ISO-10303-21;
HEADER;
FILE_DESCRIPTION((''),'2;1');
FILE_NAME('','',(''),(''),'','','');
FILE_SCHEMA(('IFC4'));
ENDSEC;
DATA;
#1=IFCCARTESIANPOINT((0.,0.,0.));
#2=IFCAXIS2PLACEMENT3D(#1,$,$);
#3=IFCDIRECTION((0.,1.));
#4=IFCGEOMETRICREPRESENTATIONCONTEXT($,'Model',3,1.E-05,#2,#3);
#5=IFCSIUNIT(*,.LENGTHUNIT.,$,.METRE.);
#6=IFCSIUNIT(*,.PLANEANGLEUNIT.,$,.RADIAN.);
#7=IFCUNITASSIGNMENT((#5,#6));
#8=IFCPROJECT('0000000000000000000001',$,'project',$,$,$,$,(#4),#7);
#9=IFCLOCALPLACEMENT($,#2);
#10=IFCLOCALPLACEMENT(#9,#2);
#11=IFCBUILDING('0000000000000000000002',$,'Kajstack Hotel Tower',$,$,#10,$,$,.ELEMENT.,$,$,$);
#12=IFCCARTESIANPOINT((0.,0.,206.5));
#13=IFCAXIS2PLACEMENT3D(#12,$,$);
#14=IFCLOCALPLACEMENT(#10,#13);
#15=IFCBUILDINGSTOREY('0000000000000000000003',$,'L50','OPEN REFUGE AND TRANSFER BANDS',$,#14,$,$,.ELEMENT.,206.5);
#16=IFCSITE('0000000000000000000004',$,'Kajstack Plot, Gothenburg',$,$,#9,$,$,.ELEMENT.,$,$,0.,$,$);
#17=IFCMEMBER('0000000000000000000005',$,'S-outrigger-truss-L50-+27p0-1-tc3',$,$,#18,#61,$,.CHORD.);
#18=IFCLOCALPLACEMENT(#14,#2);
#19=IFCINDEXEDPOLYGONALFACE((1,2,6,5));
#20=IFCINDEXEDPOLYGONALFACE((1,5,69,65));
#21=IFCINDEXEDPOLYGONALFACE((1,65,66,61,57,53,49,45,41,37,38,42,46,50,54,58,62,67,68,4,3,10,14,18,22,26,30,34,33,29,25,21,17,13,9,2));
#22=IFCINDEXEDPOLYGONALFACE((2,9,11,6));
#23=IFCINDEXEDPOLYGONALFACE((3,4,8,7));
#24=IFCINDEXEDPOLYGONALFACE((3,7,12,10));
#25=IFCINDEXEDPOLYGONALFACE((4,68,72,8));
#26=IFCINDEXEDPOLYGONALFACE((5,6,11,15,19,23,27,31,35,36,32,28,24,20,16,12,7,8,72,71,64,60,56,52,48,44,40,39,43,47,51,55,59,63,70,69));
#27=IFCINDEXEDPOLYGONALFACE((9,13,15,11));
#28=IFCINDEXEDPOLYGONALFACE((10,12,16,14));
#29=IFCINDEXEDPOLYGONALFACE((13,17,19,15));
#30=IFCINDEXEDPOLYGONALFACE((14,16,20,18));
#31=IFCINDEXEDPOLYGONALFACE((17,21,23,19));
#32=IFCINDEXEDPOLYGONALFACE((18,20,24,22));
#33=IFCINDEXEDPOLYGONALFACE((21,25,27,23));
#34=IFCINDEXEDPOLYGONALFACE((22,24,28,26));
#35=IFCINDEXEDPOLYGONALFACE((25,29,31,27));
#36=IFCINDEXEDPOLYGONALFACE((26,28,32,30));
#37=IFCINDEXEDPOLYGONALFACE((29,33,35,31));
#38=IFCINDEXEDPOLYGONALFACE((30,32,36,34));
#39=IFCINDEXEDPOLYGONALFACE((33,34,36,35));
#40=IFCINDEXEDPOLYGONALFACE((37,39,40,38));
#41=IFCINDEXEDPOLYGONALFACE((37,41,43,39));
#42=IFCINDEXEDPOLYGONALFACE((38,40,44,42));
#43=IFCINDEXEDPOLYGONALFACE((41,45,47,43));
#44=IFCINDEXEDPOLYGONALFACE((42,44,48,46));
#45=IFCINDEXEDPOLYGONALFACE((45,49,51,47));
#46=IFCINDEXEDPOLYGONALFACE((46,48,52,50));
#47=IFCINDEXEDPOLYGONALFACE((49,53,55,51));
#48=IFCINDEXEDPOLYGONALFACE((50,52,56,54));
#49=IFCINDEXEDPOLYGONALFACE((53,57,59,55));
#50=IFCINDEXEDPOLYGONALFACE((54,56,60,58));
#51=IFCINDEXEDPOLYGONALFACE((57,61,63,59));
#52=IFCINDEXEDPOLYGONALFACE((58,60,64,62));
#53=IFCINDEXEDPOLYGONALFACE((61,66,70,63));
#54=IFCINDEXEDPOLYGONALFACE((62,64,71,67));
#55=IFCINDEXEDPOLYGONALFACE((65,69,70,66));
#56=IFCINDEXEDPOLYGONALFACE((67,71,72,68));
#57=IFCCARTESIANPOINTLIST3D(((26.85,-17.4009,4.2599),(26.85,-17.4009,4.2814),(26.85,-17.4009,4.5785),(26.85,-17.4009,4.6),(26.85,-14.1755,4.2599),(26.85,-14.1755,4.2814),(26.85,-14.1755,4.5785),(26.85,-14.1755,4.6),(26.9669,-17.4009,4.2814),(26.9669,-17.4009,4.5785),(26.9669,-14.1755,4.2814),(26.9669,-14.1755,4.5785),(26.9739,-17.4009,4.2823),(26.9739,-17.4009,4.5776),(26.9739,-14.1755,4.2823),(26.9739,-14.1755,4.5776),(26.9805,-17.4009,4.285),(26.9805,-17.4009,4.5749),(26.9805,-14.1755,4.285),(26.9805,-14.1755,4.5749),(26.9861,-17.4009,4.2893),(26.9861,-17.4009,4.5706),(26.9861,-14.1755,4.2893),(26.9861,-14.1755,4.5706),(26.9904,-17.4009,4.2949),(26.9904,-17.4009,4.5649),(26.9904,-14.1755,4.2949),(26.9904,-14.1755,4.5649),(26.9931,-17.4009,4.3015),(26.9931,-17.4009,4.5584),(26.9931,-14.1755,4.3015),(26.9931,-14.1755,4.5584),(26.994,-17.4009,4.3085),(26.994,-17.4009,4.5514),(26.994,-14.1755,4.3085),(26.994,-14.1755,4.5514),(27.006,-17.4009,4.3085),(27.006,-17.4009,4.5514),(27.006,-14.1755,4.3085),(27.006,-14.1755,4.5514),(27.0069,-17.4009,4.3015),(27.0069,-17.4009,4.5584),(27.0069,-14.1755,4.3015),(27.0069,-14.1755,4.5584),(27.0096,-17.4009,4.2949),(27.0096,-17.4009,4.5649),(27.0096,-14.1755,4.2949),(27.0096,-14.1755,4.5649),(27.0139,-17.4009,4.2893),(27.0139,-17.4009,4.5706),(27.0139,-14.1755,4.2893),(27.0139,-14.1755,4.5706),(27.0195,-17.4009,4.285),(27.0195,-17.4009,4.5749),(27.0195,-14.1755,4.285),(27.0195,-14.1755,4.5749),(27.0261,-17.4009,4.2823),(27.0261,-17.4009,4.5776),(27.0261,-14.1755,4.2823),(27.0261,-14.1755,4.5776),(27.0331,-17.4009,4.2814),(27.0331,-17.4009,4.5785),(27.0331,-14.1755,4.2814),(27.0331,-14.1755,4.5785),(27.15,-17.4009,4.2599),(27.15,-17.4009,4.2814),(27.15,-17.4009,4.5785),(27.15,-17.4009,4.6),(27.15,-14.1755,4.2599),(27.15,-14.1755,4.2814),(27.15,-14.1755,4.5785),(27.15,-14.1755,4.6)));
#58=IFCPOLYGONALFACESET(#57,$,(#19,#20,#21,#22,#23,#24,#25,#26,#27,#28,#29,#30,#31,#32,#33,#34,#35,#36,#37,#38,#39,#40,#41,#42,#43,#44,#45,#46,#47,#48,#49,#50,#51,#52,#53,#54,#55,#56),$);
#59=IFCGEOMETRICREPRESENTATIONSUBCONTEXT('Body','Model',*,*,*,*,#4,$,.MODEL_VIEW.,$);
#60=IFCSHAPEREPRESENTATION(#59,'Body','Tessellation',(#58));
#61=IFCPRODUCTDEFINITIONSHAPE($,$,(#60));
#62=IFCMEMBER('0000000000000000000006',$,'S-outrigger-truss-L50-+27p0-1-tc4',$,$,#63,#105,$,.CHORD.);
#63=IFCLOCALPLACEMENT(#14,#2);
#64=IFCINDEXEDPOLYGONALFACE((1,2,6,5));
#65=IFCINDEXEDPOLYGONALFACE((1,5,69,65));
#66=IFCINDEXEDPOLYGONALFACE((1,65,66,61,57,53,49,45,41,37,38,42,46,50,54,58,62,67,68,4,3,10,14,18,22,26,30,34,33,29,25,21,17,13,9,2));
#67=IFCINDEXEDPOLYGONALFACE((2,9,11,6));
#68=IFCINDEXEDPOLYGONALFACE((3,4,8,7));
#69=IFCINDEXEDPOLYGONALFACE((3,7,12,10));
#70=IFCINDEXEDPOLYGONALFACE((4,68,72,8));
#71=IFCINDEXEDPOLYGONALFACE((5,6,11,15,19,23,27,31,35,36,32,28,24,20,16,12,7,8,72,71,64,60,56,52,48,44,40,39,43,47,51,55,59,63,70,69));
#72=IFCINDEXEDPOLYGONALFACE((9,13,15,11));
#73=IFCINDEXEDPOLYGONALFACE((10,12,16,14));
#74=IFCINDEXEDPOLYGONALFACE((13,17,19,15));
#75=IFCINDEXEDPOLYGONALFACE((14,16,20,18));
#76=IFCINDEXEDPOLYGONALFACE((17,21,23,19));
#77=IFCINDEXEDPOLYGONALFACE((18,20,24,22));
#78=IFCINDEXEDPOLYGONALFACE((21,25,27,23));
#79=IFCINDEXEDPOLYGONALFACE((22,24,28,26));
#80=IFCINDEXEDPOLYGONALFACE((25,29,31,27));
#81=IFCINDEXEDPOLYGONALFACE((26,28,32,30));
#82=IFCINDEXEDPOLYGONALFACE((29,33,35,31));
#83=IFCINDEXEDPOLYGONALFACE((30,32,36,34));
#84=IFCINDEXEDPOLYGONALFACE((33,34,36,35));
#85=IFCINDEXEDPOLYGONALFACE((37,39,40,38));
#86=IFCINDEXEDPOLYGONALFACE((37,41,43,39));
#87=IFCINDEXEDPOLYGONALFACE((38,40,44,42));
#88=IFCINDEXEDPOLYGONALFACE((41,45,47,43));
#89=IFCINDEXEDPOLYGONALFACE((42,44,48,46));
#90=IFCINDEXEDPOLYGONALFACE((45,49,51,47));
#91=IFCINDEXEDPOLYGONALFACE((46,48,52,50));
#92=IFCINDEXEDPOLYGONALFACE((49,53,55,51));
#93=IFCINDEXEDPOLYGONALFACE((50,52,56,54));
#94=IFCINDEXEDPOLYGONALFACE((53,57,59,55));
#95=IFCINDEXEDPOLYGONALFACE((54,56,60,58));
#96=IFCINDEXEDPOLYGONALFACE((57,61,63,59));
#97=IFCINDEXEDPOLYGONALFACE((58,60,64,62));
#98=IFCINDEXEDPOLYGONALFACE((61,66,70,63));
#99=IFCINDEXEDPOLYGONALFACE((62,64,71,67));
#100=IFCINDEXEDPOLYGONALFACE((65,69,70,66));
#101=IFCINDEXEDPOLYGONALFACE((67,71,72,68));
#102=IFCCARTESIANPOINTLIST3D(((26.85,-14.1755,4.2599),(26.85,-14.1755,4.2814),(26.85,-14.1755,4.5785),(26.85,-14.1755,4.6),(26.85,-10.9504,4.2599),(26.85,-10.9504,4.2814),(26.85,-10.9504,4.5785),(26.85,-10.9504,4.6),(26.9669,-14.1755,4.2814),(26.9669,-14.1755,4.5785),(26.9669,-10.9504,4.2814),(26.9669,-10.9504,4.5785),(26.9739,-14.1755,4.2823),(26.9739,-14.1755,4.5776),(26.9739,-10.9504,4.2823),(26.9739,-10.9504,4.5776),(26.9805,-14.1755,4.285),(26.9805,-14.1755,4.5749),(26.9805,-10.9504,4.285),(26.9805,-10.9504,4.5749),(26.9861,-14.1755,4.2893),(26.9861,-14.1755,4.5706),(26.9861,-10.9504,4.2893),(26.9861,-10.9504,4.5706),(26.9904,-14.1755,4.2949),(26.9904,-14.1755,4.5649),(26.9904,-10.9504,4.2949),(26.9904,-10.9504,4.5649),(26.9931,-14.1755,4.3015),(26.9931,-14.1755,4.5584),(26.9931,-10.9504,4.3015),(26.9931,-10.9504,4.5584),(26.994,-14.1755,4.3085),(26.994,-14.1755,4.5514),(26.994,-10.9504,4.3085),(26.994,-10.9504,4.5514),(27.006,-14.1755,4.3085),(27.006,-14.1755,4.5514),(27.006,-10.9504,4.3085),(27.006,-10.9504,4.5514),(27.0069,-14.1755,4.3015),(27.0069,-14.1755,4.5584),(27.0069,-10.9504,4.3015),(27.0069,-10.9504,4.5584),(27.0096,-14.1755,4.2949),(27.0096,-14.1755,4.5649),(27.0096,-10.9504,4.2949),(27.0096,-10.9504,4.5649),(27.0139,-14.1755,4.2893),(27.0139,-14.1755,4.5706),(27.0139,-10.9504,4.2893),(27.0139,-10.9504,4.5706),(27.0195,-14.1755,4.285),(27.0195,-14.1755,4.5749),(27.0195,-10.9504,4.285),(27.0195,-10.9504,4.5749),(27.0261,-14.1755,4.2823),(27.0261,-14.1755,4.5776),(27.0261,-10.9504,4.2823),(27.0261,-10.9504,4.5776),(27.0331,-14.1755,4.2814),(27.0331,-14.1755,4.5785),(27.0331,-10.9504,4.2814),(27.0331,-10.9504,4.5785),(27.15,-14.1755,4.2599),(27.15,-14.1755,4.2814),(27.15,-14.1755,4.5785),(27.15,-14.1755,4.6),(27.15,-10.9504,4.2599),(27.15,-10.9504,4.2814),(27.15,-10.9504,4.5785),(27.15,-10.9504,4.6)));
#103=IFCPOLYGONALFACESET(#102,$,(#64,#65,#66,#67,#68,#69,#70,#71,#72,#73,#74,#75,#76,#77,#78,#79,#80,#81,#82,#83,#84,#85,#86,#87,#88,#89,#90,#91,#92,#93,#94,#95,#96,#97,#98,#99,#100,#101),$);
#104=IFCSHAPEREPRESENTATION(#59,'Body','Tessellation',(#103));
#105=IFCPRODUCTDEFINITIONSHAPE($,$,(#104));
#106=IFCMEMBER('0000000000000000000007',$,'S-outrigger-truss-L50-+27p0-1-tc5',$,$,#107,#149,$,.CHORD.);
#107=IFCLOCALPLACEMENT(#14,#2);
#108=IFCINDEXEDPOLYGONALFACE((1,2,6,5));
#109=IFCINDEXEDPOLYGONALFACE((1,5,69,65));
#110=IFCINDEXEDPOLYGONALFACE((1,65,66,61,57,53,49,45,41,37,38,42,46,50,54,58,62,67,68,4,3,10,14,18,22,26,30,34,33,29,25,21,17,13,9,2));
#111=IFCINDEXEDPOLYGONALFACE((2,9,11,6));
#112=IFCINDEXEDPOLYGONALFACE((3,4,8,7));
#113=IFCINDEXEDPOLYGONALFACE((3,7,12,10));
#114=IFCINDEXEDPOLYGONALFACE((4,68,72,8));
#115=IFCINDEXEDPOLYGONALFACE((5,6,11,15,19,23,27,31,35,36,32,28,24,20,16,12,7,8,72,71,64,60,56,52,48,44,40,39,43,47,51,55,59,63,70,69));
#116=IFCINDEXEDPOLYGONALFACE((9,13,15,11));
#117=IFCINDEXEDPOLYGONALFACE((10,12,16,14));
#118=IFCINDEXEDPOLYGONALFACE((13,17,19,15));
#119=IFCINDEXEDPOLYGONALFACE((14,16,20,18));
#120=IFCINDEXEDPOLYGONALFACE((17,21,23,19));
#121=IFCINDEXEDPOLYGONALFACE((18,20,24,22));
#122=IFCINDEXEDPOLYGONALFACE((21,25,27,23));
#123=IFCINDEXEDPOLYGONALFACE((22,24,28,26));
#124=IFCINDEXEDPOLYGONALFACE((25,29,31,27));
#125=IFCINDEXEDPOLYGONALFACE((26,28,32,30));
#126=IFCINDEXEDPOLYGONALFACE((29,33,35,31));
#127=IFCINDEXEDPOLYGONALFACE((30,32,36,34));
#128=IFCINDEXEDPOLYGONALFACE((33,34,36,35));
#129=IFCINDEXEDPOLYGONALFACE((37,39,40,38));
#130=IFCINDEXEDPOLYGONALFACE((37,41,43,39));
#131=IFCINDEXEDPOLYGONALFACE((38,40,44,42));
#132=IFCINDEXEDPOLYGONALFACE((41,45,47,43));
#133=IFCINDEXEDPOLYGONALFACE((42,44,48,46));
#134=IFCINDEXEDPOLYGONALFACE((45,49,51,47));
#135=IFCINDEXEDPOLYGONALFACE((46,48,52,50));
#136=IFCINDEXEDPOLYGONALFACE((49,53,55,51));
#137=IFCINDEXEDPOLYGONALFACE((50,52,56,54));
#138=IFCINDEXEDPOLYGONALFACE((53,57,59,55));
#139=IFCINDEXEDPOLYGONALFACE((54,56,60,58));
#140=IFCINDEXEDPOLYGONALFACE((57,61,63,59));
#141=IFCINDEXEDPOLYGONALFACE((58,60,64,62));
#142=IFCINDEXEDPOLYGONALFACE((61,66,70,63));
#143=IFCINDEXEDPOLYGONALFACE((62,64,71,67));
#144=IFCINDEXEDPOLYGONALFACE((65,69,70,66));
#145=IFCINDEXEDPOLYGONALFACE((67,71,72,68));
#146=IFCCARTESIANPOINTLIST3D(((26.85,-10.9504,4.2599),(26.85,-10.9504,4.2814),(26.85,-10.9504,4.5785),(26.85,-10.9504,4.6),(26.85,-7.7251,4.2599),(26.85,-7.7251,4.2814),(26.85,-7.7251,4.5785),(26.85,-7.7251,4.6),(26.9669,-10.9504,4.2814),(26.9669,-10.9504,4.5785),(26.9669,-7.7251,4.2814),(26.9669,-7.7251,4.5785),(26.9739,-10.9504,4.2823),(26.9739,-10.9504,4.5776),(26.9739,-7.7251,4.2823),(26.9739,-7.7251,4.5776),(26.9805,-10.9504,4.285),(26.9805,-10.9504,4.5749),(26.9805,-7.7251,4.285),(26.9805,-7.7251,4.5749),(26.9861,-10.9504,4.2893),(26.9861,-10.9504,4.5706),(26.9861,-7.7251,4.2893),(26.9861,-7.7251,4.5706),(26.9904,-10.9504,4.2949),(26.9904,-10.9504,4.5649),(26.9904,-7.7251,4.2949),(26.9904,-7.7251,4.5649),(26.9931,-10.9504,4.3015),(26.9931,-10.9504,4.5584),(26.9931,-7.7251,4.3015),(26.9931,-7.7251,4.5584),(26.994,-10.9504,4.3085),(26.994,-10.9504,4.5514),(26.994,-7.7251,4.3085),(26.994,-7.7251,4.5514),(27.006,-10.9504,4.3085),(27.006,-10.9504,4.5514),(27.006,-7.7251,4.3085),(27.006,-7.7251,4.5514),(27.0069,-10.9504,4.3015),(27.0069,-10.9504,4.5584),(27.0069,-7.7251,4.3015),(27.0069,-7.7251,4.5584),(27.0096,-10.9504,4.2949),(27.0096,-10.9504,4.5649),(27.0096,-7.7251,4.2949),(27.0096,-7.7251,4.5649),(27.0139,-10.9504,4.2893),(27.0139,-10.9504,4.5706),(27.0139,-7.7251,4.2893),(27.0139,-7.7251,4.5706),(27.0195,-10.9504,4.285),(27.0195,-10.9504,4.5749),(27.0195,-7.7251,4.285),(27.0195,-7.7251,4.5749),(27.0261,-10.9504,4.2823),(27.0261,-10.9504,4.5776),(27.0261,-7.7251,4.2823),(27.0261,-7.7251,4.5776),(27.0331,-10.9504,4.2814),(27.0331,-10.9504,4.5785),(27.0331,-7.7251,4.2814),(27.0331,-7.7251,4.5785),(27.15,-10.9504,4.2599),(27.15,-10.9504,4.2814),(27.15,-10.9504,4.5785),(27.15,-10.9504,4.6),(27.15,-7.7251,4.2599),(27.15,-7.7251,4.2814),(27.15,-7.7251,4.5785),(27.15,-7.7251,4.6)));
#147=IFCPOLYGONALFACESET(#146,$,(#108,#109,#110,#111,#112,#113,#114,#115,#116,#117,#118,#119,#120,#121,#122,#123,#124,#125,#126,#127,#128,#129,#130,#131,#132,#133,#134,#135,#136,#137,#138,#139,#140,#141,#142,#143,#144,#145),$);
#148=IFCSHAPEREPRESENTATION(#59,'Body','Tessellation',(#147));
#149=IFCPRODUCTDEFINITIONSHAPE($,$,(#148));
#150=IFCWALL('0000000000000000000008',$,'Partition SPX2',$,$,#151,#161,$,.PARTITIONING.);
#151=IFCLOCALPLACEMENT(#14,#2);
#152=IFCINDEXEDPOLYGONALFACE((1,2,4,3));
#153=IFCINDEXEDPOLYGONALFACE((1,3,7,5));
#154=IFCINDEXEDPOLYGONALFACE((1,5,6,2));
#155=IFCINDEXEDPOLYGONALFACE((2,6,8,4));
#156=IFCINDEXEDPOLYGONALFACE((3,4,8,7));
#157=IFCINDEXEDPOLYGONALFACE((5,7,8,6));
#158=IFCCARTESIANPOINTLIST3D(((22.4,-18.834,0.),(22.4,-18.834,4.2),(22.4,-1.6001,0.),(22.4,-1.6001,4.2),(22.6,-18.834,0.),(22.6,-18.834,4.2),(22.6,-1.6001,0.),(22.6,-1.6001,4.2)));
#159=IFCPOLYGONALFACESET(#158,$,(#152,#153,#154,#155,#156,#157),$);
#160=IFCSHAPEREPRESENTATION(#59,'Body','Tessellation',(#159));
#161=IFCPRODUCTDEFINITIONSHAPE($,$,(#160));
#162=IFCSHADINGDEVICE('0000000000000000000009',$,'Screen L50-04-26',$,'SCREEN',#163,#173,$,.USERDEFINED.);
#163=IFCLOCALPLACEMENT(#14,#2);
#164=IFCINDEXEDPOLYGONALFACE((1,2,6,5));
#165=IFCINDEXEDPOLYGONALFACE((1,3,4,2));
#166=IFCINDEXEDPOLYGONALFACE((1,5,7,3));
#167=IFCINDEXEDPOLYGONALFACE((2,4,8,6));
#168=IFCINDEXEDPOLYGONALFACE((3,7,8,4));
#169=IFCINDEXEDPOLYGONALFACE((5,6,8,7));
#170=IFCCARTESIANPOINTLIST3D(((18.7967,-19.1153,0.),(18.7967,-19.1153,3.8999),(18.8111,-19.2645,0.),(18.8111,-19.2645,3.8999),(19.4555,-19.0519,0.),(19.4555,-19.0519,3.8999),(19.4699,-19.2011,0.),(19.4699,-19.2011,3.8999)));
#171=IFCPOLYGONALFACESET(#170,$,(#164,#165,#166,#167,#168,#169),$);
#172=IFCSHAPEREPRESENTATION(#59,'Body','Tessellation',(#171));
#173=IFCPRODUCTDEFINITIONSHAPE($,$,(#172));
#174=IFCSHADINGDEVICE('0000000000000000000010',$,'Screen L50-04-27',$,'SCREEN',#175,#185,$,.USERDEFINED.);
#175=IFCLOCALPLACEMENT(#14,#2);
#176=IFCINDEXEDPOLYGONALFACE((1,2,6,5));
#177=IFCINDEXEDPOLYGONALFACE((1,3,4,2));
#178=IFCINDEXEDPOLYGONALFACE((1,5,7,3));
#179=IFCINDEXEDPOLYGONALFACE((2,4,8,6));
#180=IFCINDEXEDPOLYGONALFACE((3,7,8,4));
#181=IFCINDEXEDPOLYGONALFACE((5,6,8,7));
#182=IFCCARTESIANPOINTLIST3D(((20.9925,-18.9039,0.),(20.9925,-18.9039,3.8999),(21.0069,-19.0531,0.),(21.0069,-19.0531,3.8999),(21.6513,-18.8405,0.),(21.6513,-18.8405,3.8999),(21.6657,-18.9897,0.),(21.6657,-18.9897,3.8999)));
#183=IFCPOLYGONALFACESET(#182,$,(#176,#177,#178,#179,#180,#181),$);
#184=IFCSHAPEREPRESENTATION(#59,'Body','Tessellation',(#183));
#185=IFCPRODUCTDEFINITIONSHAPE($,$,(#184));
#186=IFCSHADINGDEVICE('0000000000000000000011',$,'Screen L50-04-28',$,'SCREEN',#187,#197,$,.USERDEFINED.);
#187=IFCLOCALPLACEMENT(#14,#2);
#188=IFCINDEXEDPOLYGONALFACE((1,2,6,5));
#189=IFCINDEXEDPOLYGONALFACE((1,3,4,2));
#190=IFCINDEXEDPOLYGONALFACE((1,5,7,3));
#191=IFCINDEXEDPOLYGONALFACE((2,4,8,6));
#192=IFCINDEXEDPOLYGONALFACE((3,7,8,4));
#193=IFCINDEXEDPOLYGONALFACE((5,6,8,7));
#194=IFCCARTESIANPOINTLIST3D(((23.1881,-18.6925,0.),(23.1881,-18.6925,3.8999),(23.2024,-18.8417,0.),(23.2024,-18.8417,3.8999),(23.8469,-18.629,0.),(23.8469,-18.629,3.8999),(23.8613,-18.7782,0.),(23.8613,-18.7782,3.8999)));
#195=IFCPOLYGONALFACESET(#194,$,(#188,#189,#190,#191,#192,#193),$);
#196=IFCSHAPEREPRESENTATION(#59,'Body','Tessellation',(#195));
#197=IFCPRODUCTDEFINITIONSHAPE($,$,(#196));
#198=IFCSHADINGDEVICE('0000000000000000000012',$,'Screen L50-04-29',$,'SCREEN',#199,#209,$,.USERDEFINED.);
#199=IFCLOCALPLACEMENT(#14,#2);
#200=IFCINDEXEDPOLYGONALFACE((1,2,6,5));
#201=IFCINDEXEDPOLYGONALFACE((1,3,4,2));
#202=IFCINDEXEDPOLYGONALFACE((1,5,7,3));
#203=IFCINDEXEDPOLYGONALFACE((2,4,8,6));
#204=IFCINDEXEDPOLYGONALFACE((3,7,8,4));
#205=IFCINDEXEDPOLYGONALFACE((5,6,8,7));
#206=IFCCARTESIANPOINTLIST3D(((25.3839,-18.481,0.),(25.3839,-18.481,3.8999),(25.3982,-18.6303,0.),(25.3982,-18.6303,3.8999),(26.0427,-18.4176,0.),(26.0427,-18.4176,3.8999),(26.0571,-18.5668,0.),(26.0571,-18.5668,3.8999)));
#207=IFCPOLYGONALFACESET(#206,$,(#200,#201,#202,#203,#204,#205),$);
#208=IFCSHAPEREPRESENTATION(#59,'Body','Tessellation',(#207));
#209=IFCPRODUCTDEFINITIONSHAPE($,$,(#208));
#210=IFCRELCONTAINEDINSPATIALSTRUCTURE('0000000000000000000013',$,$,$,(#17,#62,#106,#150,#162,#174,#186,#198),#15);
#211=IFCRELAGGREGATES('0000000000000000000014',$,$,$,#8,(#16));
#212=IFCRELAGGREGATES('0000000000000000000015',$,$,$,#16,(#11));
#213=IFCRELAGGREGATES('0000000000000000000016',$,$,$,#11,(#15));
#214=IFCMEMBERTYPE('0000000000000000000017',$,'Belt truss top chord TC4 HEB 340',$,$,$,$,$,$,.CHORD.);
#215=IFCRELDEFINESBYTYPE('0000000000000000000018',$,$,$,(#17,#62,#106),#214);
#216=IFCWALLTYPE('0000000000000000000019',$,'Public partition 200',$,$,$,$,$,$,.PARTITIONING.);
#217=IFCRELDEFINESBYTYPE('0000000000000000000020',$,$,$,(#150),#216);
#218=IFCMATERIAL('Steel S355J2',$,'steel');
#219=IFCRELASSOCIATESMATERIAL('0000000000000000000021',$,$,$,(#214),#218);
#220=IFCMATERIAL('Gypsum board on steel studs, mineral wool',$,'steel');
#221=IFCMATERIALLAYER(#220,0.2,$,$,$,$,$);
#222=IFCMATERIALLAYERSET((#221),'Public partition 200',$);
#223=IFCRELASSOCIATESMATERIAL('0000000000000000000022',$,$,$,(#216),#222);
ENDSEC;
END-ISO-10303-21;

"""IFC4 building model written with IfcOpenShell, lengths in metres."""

from ifc_helpers import new_model, si_unit, direction, frame, frame_2d, origin, origin_2d, place, context, subcontext, project, spatial, rectangle, i_section, extrude, material, layer, layer_set, material_profile, profile_set, type_object, element, save


model = new_model("IFC4")

# Units and contexts
model_context = context("Model", 3, precision=1e-05, world=origin(), true_north=direction((0.0, 1.0)))
body_context = subcontext(model_context, "Body", "Model", "MODEL_VIEW")
ifc_project = project(units=[si_unit("LENGTHUNIT", "METRE"), si_unit("PLANEANGLEUNIT", "RADIAN")], contexts=[model_context])

# Site, building, storey
site_placement = place(None, origin())
site = spatial("IfcSite", under=ifc_project, at=site_placement, Name="Kajstack Plot, Gothenburg", CompositionType="ELEMENT", RefElevation=0.0)
building_placement = place(site_placement, origin())
building = spatial("IfcBuilding", under=site, at=building_placement, Name="Kajstack Hotel Tower", CompositionType="ELEMENT")
storey_placement = place(building_placement, frame((0.0, 0.0, 206.5)))
storey = spatial("IfcBuildingStorey", under=building, at=storey_placement, Name="L50", Description="OPEN REFUGE AND TRANSFER BANDS", CompositionType="ELEMENT", Elevation=206.5)

# Members
ifc_material_1 = material(Name="Steel S355J2", Category="steel")
ifc_material_profile_1 = material_profile(ifc_material_1, i_section(OverallWidth=0.3, OverallDepth=0.3401, WebThickness=0.012, FlangeThickness=0.0215, FilletRadius=0.0271, at=origin_2d()), Name="HEB 340")
ifc_profile_set_1 = profile_set([ifc_material_profile_1], Name="Steel S355J2")
member_type_1 = type_object("IfcMemberType", Name="Belt truss top chord TC4 HEB 340", PredefinedType="CHORD", material=ifc_profile_set_1)
member_1_placement = place(storey_placement, frame((27.0, -17.4009, 4.4299), z_axis=(0.0, 1.0, 0.0), x_axis=(-1.0, 0.0, 0.0)))
element("IfcMember", 1, at=member_1_placement, inside=storey, type_object=member_type_1, Name="S-outrigger-truss-L50-+27p0-1-tc3", PredefinedType="CHORD", context=body_context, shape_type="SweptSolid", body=[
    extrude(i_section(OverallWidth=0.3, OverallDepth=0.3401, WebThickness=0.012, FlangeThickness=0.0215, FilletRadius=0.0271, at=origin_2d()), origin(), (0.0, 0.0, 1.0), 3.2253),
])
member_2_placement = place(storey_placement, frame((27.0, -14.1755, 4.4299), z_axis=(0.0, 1.0, 0.0), x_axis=(-1.0, 0.0, 0.0)))
element("IfcMember", 2, at=member_2_placement, inside=storey, type_object=member_type_1, Name="S-outrigger-truss-L50-+27p0-1-tc4", PredefinedType="CHORD", context=body_context, shape_type="SweptSolid", body=[
    extrude(i_section(OverallWidth=0.3, OverallDepth=0.3401, WebThickness=0.012, FlangeThickness=0.0215, FilletRadius=0.0271, at=origin_2d()), origin(), (0.0, 0.0, 1.0), 3.2251),
])
member_3_placement = place(storey_placement, frame((27.0, -10.9504, 4.4299), z_axis=(0.0, 1.0, 0.0), x_axis=(-1.0, 0.0, 0.0)))
element("IfcMember", 3, at=member_3_placement, inside=storey, type_object=member_type_1, Name="S-outrigger-truss-L50-+27p0-1-tc5", PredefinedType="CHORD", context=body_context, shape_type="SweptSolid", body=[
    extrude(i_section(OverallWidth=0.3, OverallDepth=0.3401, WebThickness=0.012, FlangeThickness=0.0215, FilletRadius=0.0271, at=origin_2d()), origin(), (0.0, 0.0, 1.0), 3.2253),
])

# Wall
ifc_material_2 = material(Name="Gypsum board on steel studs, mineral wool", Category="steel")
ifc_layer_1 = layer(ifc_material_2, 0.2)
ifc_layer_set_1 = layer_set([ifc_layer_1], Name="Public partition 200")
wall_type = type_object("IfcWallType", Name="Public partition 200", PredefinedType="PARTITIONING", material=ifc_layer_set_1)
wall_placement = place(storey_placement, frame((22.5, -18.834, 0.0), z_axis=(0.0, 0.0, 1.0), x_axis=(0.0, 1.0, 0.0)))
element("IfcWall", 4, at=wall_placement, inside=storey, type_object=wall_type, Name="Partition SPX2", PredefinedType="PARTITIONING", context=body_context, shape_type="SweptSolid", body=[
    extrude(rectangle(XDim=17.2339, YDim=0.2, at=frame_2d((8.6169, 0.0))), origin(), (0.0, 0.0, 1.0), 4.2),
])

# Shading devices
for number, where, z_axis, x_axis, name in (
    (5, (19.1333, -19.1582, 0.0), (0.0, 0.0, 1.0), (0.995396, 0.095845, 0.0), "Screen L50-04-26"),
    (6, (21.3291, -18.9468, 0.0), (0.0, 0.0, 1.0), (0.995396, 0.095845, 0.0), "Screen L50-04-27"),
    (7, (23.5247, -18.7354, 0.0), (0.0, 0.0, 1.0), (0.995396, 0.095845, 0.0), "Screen L50-04-28"),
    (8, (25.7205, -18.5239, 0.0), (0.0, 0.0, 1.0), (0.995396, 0.095845, 0.0), "Screen L50-04-29"),
):
    element("IfcShadingDevice", number, at=place(storey_placement, frame(where, z_axis=z_axis, x_axis=x_axis)), inside=storey, Name=name, ObjectType="SCREEN", PredefinedType="USERDEFINED", context=body_context, shape_type="SweptSolid", body=[
        extrude(rectangle(XDim=0.6619, YDim=0.1499, at=origin_2d()), origin(), (0.0, 0.0, 1.0), 3.8999),
    ])

save(model, "model.ifc")
